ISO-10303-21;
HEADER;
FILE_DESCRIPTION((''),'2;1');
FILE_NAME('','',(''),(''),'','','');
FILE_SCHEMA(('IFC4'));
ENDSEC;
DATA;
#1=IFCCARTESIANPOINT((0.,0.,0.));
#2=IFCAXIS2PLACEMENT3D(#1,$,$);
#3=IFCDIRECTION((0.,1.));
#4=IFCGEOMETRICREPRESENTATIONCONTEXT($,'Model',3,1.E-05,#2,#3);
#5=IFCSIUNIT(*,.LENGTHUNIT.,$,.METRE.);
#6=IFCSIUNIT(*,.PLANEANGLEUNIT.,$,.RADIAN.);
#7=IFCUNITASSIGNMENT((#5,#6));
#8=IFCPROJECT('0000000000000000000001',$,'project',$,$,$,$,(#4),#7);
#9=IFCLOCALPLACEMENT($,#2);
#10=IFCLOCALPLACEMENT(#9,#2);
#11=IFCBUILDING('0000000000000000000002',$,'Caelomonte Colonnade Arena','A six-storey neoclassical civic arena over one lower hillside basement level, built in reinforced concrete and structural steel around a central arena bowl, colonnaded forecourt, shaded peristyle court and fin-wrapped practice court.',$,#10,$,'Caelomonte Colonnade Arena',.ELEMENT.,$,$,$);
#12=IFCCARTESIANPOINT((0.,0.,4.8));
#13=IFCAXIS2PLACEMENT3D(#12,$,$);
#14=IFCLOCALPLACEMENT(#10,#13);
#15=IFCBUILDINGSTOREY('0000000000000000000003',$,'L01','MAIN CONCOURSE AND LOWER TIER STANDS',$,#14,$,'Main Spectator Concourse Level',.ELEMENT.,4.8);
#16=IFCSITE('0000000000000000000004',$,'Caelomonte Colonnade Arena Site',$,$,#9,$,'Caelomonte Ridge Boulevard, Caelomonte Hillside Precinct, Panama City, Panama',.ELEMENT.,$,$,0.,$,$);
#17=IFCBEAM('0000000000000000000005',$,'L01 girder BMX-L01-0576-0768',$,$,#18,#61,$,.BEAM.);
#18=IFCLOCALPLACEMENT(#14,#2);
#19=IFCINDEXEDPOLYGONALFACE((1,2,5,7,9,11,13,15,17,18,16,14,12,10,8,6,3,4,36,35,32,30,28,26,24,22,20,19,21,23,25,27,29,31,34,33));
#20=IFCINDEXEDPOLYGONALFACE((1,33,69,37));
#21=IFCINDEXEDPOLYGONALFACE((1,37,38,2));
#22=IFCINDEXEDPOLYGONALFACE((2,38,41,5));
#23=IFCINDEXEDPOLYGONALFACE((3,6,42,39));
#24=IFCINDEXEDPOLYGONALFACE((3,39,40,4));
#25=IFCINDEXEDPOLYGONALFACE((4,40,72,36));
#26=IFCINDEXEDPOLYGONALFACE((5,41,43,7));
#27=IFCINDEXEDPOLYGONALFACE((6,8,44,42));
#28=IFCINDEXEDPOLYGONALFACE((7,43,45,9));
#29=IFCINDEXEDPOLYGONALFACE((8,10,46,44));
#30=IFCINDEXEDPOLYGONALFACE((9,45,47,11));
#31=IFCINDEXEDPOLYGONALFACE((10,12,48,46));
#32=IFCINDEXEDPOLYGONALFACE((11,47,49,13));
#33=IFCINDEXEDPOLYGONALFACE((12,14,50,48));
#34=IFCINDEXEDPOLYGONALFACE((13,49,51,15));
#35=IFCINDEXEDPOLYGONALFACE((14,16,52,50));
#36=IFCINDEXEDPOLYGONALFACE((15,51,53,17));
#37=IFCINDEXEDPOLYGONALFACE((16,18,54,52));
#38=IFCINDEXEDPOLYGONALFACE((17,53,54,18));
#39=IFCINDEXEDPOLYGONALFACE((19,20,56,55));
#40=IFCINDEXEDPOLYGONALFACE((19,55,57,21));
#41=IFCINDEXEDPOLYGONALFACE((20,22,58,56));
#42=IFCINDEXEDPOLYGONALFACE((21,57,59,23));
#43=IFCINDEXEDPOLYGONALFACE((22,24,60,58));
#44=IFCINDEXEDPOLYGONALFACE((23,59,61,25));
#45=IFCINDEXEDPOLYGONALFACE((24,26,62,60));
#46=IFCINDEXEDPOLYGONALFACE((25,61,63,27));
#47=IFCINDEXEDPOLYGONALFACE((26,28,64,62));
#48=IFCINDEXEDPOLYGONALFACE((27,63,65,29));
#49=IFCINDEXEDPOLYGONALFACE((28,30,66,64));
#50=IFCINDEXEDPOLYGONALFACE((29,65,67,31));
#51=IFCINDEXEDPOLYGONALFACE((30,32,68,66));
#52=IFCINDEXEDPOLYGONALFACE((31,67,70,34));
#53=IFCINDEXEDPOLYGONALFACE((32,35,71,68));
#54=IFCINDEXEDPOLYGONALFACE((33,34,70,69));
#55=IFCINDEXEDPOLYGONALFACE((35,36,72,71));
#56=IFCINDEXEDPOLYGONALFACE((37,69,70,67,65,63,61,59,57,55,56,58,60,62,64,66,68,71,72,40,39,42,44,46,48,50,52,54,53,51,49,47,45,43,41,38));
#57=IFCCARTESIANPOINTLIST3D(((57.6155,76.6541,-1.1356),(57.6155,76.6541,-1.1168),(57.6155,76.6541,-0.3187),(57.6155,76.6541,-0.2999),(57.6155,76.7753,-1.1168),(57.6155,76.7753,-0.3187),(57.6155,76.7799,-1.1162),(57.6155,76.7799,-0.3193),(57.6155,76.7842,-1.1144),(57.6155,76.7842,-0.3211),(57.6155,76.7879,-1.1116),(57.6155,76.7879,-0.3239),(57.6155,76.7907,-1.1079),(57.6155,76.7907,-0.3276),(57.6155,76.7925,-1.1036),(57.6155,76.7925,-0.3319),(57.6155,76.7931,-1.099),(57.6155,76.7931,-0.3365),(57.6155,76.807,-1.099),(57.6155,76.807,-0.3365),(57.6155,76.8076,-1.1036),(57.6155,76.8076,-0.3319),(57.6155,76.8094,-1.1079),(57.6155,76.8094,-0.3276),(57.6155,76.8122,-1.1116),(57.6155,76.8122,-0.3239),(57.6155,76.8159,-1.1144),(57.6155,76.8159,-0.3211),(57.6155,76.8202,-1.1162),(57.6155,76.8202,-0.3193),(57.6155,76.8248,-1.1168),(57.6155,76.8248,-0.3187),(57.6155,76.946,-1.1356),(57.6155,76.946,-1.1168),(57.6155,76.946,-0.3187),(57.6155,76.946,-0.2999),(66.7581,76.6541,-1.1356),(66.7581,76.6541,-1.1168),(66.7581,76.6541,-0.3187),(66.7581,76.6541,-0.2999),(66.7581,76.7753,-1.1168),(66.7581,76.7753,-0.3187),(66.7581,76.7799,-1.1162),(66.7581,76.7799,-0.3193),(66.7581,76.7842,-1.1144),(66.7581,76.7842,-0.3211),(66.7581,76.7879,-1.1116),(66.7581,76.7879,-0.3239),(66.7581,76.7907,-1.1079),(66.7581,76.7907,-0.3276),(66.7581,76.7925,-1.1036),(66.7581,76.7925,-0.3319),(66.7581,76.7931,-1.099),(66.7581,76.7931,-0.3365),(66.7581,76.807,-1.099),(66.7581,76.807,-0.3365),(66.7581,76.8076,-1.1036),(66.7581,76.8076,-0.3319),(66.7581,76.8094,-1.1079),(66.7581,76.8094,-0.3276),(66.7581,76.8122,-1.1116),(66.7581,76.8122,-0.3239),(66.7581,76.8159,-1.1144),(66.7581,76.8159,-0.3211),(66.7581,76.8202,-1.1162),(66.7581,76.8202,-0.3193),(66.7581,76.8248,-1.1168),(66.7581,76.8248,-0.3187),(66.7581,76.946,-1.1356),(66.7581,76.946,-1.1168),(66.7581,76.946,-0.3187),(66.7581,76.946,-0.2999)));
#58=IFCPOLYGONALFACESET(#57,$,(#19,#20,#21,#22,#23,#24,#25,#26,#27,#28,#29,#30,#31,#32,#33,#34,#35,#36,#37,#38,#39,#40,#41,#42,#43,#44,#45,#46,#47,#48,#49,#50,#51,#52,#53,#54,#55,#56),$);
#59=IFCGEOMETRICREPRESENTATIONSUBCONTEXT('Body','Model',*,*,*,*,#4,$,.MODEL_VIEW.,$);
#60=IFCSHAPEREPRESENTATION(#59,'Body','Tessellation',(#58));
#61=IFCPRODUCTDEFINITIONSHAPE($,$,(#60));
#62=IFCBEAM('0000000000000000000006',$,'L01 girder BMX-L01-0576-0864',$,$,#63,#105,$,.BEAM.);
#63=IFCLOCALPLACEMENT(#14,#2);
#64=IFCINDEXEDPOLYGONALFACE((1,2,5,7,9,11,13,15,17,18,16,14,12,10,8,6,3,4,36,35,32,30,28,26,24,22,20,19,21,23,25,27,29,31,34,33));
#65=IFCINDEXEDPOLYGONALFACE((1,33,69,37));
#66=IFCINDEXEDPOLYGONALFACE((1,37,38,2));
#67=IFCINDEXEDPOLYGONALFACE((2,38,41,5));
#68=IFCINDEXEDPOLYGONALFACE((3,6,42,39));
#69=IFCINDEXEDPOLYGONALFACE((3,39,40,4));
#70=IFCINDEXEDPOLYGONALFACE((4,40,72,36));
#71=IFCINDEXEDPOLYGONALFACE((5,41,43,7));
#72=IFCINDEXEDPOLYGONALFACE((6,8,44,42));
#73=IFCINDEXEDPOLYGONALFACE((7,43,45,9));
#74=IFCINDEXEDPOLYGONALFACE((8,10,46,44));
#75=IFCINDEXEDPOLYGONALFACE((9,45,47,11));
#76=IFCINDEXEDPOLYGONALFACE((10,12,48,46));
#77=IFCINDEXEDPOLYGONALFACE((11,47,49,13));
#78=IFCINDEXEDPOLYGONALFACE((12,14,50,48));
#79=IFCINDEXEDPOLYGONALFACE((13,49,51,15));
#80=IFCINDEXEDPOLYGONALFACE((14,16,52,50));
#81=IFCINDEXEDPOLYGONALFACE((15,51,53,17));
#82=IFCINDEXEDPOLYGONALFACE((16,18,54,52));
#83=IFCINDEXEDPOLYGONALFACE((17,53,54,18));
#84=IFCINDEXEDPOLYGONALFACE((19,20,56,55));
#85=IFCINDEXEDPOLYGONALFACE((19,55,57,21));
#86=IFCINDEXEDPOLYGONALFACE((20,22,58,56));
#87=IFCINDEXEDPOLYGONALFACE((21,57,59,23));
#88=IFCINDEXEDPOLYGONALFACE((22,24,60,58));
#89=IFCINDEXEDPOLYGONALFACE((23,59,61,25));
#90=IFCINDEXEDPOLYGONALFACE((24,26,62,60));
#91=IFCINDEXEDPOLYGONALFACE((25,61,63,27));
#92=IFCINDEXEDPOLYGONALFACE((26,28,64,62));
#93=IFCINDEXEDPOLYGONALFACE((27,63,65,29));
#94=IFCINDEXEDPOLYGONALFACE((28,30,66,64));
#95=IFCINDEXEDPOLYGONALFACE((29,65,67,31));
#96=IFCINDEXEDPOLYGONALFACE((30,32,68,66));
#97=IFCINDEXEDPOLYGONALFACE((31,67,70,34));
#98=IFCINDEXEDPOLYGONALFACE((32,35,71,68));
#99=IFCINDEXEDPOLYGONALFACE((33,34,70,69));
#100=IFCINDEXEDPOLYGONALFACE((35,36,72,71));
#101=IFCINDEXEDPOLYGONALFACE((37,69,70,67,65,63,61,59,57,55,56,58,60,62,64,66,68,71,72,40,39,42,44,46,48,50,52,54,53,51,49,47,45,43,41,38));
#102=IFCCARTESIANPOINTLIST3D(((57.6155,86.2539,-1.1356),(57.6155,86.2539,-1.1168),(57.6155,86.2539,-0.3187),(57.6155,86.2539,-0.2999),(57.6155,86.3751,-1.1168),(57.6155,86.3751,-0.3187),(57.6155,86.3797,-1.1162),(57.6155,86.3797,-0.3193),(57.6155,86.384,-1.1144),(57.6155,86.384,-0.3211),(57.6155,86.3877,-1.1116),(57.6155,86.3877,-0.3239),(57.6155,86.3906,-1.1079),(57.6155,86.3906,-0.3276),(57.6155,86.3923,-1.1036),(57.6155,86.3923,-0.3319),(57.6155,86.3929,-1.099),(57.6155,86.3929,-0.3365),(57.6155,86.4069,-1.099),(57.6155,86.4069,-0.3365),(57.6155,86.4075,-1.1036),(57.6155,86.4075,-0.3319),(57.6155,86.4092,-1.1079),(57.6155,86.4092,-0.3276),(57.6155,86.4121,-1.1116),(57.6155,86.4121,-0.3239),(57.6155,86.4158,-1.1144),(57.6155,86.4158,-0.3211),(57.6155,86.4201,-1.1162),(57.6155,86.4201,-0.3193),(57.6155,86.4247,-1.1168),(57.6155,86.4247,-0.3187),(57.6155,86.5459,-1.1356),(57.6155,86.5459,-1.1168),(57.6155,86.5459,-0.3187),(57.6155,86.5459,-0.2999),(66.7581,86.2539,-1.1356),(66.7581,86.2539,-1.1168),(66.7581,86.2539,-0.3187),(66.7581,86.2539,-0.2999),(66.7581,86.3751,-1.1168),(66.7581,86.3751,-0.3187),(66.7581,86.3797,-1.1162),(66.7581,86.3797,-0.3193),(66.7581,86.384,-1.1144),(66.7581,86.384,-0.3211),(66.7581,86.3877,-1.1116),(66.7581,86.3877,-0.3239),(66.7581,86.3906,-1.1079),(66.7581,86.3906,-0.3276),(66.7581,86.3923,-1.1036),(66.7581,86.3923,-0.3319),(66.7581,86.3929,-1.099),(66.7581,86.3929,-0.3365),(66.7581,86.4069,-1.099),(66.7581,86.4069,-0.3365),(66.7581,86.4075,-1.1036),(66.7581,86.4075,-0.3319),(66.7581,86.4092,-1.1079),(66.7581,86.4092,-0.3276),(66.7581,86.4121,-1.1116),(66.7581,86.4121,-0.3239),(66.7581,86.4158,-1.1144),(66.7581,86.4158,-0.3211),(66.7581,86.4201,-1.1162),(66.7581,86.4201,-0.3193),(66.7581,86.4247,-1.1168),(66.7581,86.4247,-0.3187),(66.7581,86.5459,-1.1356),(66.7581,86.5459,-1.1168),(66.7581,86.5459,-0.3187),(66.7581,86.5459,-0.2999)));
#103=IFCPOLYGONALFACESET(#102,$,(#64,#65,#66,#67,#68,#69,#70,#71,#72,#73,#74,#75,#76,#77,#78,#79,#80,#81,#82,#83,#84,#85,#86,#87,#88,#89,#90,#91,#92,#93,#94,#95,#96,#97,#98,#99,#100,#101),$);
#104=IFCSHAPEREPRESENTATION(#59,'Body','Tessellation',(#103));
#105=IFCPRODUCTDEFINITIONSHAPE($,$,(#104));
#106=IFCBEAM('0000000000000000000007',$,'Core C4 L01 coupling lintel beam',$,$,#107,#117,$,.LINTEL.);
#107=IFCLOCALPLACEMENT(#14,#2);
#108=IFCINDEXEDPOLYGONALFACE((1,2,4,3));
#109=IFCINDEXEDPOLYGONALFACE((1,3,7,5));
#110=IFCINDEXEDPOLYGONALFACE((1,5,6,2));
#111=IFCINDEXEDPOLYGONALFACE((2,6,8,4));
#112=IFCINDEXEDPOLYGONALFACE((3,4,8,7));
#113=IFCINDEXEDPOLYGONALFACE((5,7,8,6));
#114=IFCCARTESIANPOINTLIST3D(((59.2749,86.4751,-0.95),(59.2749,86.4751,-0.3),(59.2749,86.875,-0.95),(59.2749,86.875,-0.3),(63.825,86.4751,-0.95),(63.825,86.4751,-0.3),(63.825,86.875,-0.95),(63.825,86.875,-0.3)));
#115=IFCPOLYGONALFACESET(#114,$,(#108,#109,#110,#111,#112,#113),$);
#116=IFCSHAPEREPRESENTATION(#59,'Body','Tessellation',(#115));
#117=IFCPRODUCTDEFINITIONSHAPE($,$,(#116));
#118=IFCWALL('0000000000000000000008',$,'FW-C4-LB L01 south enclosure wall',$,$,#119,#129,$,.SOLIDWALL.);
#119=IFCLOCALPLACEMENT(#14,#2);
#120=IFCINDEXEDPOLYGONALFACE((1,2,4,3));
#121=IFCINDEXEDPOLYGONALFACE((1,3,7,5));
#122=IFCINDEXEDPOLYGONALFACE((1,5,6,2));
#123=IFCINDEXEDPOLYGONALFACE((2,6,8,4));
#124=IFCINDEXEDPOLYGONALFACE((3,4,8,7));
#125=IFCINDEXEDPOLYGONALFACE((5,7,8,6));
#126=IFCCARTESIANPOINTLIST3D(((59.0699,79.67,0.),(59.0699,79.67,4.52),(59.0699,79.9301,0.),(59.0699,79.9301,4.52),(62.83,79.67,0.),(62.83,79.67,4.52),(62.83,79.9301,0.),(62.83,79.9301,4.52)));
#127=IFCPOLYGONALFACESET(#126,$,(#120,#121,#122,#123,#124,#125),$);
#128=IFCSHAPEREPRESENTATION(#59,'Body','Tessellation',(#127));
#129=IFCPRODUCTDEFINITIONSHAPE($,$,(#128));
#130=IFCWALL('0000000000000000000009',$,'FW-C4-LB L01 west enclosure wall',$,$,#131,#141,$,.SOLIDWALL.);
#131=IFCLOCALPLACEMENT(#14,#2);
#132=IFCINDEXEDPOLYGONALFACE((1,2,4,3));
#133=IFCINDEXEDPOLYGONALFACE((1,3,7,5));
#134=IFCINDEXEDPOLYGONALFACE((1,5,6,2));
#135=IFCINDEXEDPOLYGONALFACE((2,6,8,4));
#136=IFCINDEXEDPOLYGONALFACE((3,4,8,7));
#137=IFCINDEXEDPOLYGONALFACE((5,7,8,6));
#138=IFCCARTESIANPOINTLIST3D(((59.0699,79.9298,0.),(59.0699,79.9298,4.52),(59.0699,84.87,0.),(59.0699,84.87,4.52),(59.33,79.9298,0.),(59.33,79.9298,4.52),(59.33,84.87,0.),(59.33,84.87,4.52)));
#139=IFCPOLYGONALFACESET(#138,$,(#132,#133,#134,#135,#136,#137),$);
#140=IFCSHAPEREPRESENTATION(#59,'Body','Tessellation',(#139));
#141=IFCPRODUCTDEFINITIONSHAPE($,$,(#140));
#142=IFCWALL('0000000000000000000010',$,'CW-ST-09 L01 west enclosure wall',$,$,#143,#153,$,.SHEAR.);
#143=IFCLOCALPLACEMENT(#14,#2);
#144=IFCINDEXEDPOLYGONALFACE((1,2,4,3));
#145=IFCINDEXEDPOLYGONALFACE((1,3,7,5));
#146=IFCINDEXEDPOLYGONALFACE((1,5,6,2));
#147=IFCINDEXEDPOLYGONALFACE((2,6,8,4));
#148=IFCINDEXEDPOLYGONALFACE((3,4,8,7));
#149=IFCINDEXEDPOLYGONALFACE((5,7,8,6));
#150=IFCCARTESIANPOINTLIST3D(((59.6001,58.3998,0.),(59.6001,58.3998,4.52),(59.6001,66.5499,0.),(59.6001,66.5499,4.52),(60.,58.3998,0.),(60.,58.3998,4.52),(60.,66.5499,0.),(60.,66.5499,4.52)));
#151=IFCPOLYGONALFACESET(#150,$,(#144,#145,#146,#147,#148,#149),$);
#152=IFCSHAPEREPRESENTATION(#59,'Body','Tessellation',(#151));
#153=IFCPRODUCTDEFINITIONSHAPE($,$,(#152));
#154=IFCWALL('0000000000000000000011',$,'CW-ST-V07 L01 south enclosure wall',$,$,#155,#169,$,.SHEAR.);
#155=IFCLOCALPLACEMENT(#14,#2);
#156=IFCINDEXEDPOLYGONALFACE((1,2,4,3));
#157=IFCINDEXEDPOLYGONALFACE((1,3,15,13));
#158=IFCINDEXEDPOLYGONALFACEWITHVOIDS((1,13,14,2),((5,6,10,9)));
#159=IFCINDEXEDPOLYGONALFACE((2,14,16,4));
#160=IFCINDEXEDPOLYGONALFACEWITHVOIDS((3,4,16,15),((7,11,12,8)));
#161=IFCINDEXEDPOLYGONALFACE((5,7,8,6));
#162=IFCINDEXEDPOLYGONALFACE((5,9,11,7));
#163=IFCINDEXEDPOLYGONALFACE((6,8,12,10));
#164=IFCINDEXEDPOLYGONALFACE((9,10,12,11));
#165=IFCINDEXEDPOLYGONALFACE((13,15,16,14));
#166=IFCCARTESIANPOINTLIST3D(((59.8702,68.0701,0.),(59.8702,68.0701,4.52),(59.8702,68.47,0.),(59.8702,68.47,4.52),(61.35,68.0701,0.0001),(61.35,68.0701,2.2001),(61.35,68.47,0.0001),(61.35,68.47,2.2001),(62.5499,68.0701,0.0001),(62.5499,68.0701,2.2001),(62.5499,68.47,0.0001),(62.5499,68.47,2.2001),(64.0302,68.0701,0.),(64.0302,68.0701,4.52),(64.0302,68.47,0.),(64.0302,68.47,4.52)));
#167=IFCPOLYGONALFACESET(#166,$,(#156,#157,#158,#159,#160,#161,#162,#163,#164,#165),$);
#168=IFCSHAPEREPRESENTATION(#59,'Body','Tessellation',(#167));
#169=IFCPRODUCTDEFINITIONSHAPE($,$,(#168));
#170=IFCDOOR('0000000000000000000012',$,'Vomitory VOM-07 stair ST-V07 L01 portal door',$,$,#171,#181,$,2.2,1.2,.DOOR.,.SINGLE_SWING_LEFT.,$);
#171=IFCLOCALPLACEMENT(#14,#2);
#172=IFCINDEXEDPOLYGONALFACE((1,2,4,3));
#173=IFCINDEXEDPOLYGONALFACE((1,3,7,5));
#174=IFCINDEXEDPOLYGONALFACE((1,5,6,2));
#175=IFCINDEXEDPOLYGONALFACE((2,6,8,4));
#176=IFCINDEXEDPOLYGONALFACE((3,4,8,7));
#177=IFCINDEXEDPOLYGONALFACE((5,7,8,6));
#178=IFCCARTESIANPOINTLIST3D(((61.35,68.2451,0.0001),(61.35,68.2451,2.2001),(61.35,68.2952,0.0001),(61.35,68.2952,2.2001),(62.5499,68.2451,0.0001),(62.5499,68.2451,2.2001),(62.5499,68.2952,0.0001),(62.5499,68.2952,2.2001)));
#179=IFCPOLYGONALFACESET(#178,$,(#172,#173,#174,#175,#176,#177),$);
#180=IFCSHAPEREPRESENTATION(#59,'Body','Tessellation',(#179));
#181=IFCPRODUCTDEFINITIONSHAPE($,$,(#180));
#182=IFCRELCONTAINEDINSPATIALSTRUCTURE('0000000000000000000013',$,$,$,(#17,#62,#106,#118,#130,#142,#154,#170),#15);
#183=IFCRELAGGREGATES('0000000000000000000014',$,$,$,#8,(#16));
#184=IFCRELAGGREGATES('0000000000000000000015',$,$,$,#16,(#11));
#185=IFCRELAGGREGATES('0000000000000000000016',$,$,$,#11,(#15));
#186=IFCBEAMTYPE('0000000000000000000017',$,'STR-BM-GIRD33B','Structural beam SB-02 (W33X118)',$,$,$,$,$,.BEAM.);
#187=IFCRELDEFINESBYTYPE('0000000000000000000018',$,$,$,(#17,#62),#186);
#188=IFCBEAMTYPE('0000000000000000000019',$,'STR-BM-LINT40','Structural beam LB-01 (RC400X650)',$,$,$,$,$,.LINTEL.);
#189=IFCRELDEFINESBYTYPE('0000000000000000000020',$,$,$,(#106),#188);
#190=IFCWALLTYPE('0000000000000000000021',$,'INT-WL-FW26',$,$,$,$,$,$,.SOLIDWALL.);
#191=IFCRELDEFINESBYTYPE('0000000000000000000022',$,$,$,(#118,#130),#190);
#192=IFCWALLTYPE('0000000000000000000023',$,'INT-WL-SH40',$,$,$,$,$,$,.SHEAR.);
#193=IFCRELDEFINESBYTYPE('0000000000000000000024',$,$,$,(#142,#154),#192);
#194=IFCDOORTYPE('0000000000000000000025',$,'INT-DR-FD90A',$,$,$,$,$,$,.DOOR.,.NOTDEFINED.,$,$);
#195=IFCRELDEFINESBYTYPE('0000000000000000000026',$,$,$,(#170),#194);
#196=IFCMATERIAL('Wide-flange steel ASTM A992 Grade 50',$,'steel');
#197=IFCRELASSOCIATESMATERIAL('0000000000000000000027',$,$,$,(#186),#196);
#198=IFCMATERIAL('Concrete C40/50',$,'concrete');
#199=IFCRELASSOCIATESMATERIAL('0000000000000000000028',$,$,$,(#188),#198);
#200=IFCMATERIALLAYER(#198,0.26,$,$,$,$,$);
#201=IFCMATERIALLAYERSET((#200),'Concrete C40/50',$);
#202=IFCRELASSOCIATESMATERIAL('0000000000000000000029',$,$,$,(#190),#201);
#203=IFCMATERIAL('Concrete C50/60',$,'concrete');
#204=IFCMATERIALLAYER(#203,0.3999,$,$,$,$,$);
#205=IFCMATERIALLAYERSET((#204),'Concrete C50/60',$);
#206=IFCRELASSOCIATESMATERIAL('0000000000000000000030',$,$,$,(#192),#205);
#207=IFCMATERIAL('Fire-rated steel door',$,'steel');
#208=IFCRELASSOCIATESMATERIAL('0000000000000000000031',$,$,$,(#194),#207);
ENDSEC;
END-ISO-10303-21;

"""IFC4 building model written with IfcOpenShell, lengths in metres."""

from ifc_helpers import new_model, si_unit, direction, frame, frame_2d, origin, origin_2d, place, context, subcontext, project, spatial, rectangle, i_section, extrude, material, layer, layer_set, material_profile, profile_set, type_object, element, fill, save


model = new_model("IFC4")

# Units and contexts
model_context = context("Model", 3, precision=1e-05, world=origin(), true_north=direction((0.0, 1.0)))
body_context = subcontext(model_context, "Body", "Model", "MODEL_VIEW")
ifc_project = project(units=[si_unit("LENGTHUNIT", "METRE"), si_unit("PLANEANGLEUNIT", "RADIAN")], contexts=[model_context])

# Site, building, storey
site_placement = place(None, origin())
site = spatial("IfcSite", under=ifc_project, at=site_placement, Name="Caelomonte Colonnade Arena Site", LongName="Caelomonte Ridge Boulevard, Caelomonte Hillside Precinct, Panama City, Panama", CompositionType="ELEMENT", RefElevation=0.0)
building_placement = place(site_placement, origin())
building = spatial("IfcBuilding", under=site, at=building_placement, Name="Caelomonte Colonnade Arena", Description="A six-storey neoclassical civic arena over one lower hillside basement level, built in reinforced concrete and structural steel around a central arena bowl, colonnaded forecourt, shaded peristyle court and fin-wrapped practice court.", LongName="Caelomonte Colonnade Arena", CompositionType="ELEMENT")
storey_placement = place(building_placement, frame((0.0, 0.0, 4.8)))
storey = spatial("IfcBuildingStorey", under=building, at=storey_placement, Name="L01", Description="MAIN CONCOURSE AND LOWER TIER STANDS", LongName="Main Spectator Concourse Level", CompositionType="ELEMENT", Elevation=4.8)

# Shared definitions
ifc_material_1 = material(Name="Wide-flange steel ASTM A992 Grade 50", Category="steel")

# Beams
ifc_material_profile_1 = material_profile(ifc_material_1, i_section(OverallWidth=0.292, OverallDepth=0.8357, WebThickness=0.0139, FlangeThickness=0.0188, FilletRadius=0.0178, at=origin_2d()), Name="W33X118")
ifc_profile_set_1 = profile_set([ifc_material_profile_1], Name="Wide-flange steel ASTM A992 Grade 50")
beam_type_1 = type_object("IfcBeamType", Name="STR-BM-GIRD33B", Description="Structural beam SB-02 (W33X118)", PredefinedType="BEAM", material=ifc_profile_set_1)
for number, where, z_axis, x_axis, name in (
    (1, (57.6155, 76.8, -0.7178), (1.0, 0.0, 0.0), (0.0, 1.0, 0.0), "L01 girder BMX-L01-0576-0768"),
    (2, (57.6155, 86.3999, -0.7178), (1.0, 0.0, 0.0), (0.0, 1.0, 0.0), "L01 girder BMX-L01-0576-0864"),
):
    element("IfcBeam", number, at=place(storey_placement, frame(where, z_axis=z_axis, x_axis=x_axis)), inside=storey, type_object=beam_type_1, Name=name, PredefinedType="BEAM", context=body_context, shape_type="SweptSolid", body=[
        extrude(i_section(OverallWidth=0.292, OverallDepth=0.8357, WebThickness=0.0139, FlangeThickness=0.0188, FilletRadius=0.0178, at=origin_2d()), origin(), (0.0, 0.0, 1.0), 9.1426),
    ])
ifc_material_2 = material(Name="Concrete C40/50", Category="concrete")
ifc_material_profile_2 = material_profile(ifc_material_2, rectangle(XDim=0.3999, YDim=0.6499, at=origin_2d()), Name="RC400X650")
ifc_profile_set_2 = profile_set([ifc_material_profile_2], Name="Concrete C40/50")
beam_type_2 = type_object("IfcBeamType", Name="STR-BM-LINT40", Description="Structural beam LB-01 (RC400X650)", PredefinedType="LINTEL", material=ifc_profile_set_2)
beam_1_placement = place(storey_placement, frame((59.2749, 86.675, -0.625), z_axis=(1.0, 0.0, 0.0), x_axis=(0.0, 1.0, 0.0)))
element("IfcBeam", 3, at=beam_1_placement, inside=storey, type_object=beam_type_2, Name="Core C4 L01 coupling lintel beam", PredefinedType="LINTEL", context=body_context, shape_type="SweptSolid", body=[
    extrude(rectangle(XDim=0.3999, YDim=0.6499, at=origin_2d()), origin(), (0.0, 0.0, 1.0), 4.55),
])

# Walls
ifc_layer_1 = layer(ifc_material_2, 0.26)
ifc_layer_set_1 = layer_set([ifc_layer_1], Name="Concrete C40/50")
wall_type_1 = type_object("IfcWallType", Name="INT-WL-FW26", PredefinedType="SOLIDWALL", material=ifc_layer_set_1)
wall_1_placement = place(storey_placement, frame((59.0701, 79.8, 0.0), z_axis=(0.0, 0.0, 1.0), x_axis=(1.0, 0.0, 0.0)))
element("IfcWall", 4, at=wall_1_placement, inside=storey, type_object=wall_type_1, Name="FW-C4-LB L01 south enclosure wall", PredefinedType="SOLIDWALL", context=body_context, shape_type="SweptSolid", body=[
    extrude(rectangle(XDim=3.76, YDim=0.26, at=frame_2d((1.8799, 0.0))), origin(), (0.0, 0.0, 1.0), 4.52),
])
wall_2_placement = place(storey_placement, frame((59.2, 84.8701, 0.0), z_axis=(0.0, 0.0, 1.0), x_axis=(0.0, -1.0, 0.0)))
element("IfcWall", 5, at=wall_2_placement, inside=storey, type_object=wall_type_1, Name="FW-C4-LB L01 west enclosure wall", PredefinedType="SOLIDWALL", context=body_context, shape_type="SweptSolid", body=[
    extrude(rectangle(XDim=4.9402, YDim=0.26, at=frame_2d((2.4702, 0.0))), origin(), (0.0, 0.0, 1.0), 4.52),
])
ifc_material_3 = material(Name="Concrete C50/60", Category="concrete")
ifc_layer_2 = layer(ifc_material_3, 0.3999)
ifc_layer_set_2 = layer_set([ifc_layer_2], Name="Concrete C50/60")
wall_type_2 = type_object("IfcWallType", Name="INT-WL-SH40", PredefinedType="SHEAR", material=ifc_layer_set_2)
wall_3_placement = place(storey_placement, frame((59.8, 66.55, 0.0), z_axis=(0.0, 0.0, 1.0), x_axis=(0.0, -1.0, 0.0)))
element("IfcWall", 6, at=wall_3_placement, inside=storey, type_object=wall_type_2, Name="CW-ST-09 L01 west enclosure wall", PredefinedType="SHEAR", context=body_context, shape_type="SweptSolid", body=[
    extrude(rectangle(XDim=8.1501, YDim=0.3999, at=frame_2d((4.0752, 0.0))), origin(), (0.0, 0.0, 1.0), 4.52),
])

# Wall, opening, door
wall_4_placement = place(storey_placement, frame((59.8701, 68.27, 0.0), z_axis=(0.0, 0.0, 1.0), x_axis=(1.0, 0.0, 0.0)))
wall_4 = element("IfcWall", 7, at=wall_4_placement, inside=storey, type_object=wall_type_2, Name="CW-ST-V07 L01 south enclosure wall", PredefinedType="SHEAR", context=body_context, shape_type="SweptSolid", body=[
    extrude(rectangle(XDim=4.1599, YDim=0.3999, at=frame_2d((2.0801, 0.0))), origin(), (0.0, 0.0, 1.0), 4.52),
])
opening_1_placement = place(wall_4_placement, frame((2.6799, 0.0, 0.0), z_axis=(0.0, 0.0, 1.0), x_axis=(-1.0, 0.0, 0.0)))
opening_1 = element("IfcOpeningElement", 8, at=opening_1_placement, cuts=wall_4, PredefinedType="OPENING", context=body_context, shape_type="SweptSolid", body=[
    extrude(rectangle(XDim=1.2, YDim=2.2, at=frame_2d((0.6001, 1.1001))), frame((0.0, 0.21, 0.0), z_axis=(0.0, -1.0, 0.0), x_axis=(1.0, 0.0, 0.0)), (0.0, 0.0, 1.0), 0.4199),
])
ifc_material_4 = material(Name="Fire-rated steel door", Category="steel")
door_type = type_object("IfcDoorType", Name="INT-DR-FD90A", OperationType="NOTDEFINED", PredefinedType="DOOR", material=ifc_material_4)
door_1_placement = place(opening_1_placement, origin())
door_1 = element("IfcDoor", 9, at=door_1_placement, inside=storey, type_object=door_type, Name="Vomitory VOM-07 stair ST-V07 L01 portal door", OperationType="SINGLE_SWING_LEFT", OverallHeight=2.2, OverallWidth=1.2, PredefinedType="DOOR", context=body_context, shape_type="SweptSolid", body=[
    extrude(rectangle(XDim=1.2, YDim=2.2, at=frame_2d((0.6001, 1.1001))), frame((0.0, 0.0249, 0.0), z_axis=(0.0, -1.0, 0.0), x_axis=(1.0, 0.0, 0.0)), (0.0, 0.0, 1.0), 0.05),
])
fill(opening_1, door_1)

save(model, "model.ifc")
